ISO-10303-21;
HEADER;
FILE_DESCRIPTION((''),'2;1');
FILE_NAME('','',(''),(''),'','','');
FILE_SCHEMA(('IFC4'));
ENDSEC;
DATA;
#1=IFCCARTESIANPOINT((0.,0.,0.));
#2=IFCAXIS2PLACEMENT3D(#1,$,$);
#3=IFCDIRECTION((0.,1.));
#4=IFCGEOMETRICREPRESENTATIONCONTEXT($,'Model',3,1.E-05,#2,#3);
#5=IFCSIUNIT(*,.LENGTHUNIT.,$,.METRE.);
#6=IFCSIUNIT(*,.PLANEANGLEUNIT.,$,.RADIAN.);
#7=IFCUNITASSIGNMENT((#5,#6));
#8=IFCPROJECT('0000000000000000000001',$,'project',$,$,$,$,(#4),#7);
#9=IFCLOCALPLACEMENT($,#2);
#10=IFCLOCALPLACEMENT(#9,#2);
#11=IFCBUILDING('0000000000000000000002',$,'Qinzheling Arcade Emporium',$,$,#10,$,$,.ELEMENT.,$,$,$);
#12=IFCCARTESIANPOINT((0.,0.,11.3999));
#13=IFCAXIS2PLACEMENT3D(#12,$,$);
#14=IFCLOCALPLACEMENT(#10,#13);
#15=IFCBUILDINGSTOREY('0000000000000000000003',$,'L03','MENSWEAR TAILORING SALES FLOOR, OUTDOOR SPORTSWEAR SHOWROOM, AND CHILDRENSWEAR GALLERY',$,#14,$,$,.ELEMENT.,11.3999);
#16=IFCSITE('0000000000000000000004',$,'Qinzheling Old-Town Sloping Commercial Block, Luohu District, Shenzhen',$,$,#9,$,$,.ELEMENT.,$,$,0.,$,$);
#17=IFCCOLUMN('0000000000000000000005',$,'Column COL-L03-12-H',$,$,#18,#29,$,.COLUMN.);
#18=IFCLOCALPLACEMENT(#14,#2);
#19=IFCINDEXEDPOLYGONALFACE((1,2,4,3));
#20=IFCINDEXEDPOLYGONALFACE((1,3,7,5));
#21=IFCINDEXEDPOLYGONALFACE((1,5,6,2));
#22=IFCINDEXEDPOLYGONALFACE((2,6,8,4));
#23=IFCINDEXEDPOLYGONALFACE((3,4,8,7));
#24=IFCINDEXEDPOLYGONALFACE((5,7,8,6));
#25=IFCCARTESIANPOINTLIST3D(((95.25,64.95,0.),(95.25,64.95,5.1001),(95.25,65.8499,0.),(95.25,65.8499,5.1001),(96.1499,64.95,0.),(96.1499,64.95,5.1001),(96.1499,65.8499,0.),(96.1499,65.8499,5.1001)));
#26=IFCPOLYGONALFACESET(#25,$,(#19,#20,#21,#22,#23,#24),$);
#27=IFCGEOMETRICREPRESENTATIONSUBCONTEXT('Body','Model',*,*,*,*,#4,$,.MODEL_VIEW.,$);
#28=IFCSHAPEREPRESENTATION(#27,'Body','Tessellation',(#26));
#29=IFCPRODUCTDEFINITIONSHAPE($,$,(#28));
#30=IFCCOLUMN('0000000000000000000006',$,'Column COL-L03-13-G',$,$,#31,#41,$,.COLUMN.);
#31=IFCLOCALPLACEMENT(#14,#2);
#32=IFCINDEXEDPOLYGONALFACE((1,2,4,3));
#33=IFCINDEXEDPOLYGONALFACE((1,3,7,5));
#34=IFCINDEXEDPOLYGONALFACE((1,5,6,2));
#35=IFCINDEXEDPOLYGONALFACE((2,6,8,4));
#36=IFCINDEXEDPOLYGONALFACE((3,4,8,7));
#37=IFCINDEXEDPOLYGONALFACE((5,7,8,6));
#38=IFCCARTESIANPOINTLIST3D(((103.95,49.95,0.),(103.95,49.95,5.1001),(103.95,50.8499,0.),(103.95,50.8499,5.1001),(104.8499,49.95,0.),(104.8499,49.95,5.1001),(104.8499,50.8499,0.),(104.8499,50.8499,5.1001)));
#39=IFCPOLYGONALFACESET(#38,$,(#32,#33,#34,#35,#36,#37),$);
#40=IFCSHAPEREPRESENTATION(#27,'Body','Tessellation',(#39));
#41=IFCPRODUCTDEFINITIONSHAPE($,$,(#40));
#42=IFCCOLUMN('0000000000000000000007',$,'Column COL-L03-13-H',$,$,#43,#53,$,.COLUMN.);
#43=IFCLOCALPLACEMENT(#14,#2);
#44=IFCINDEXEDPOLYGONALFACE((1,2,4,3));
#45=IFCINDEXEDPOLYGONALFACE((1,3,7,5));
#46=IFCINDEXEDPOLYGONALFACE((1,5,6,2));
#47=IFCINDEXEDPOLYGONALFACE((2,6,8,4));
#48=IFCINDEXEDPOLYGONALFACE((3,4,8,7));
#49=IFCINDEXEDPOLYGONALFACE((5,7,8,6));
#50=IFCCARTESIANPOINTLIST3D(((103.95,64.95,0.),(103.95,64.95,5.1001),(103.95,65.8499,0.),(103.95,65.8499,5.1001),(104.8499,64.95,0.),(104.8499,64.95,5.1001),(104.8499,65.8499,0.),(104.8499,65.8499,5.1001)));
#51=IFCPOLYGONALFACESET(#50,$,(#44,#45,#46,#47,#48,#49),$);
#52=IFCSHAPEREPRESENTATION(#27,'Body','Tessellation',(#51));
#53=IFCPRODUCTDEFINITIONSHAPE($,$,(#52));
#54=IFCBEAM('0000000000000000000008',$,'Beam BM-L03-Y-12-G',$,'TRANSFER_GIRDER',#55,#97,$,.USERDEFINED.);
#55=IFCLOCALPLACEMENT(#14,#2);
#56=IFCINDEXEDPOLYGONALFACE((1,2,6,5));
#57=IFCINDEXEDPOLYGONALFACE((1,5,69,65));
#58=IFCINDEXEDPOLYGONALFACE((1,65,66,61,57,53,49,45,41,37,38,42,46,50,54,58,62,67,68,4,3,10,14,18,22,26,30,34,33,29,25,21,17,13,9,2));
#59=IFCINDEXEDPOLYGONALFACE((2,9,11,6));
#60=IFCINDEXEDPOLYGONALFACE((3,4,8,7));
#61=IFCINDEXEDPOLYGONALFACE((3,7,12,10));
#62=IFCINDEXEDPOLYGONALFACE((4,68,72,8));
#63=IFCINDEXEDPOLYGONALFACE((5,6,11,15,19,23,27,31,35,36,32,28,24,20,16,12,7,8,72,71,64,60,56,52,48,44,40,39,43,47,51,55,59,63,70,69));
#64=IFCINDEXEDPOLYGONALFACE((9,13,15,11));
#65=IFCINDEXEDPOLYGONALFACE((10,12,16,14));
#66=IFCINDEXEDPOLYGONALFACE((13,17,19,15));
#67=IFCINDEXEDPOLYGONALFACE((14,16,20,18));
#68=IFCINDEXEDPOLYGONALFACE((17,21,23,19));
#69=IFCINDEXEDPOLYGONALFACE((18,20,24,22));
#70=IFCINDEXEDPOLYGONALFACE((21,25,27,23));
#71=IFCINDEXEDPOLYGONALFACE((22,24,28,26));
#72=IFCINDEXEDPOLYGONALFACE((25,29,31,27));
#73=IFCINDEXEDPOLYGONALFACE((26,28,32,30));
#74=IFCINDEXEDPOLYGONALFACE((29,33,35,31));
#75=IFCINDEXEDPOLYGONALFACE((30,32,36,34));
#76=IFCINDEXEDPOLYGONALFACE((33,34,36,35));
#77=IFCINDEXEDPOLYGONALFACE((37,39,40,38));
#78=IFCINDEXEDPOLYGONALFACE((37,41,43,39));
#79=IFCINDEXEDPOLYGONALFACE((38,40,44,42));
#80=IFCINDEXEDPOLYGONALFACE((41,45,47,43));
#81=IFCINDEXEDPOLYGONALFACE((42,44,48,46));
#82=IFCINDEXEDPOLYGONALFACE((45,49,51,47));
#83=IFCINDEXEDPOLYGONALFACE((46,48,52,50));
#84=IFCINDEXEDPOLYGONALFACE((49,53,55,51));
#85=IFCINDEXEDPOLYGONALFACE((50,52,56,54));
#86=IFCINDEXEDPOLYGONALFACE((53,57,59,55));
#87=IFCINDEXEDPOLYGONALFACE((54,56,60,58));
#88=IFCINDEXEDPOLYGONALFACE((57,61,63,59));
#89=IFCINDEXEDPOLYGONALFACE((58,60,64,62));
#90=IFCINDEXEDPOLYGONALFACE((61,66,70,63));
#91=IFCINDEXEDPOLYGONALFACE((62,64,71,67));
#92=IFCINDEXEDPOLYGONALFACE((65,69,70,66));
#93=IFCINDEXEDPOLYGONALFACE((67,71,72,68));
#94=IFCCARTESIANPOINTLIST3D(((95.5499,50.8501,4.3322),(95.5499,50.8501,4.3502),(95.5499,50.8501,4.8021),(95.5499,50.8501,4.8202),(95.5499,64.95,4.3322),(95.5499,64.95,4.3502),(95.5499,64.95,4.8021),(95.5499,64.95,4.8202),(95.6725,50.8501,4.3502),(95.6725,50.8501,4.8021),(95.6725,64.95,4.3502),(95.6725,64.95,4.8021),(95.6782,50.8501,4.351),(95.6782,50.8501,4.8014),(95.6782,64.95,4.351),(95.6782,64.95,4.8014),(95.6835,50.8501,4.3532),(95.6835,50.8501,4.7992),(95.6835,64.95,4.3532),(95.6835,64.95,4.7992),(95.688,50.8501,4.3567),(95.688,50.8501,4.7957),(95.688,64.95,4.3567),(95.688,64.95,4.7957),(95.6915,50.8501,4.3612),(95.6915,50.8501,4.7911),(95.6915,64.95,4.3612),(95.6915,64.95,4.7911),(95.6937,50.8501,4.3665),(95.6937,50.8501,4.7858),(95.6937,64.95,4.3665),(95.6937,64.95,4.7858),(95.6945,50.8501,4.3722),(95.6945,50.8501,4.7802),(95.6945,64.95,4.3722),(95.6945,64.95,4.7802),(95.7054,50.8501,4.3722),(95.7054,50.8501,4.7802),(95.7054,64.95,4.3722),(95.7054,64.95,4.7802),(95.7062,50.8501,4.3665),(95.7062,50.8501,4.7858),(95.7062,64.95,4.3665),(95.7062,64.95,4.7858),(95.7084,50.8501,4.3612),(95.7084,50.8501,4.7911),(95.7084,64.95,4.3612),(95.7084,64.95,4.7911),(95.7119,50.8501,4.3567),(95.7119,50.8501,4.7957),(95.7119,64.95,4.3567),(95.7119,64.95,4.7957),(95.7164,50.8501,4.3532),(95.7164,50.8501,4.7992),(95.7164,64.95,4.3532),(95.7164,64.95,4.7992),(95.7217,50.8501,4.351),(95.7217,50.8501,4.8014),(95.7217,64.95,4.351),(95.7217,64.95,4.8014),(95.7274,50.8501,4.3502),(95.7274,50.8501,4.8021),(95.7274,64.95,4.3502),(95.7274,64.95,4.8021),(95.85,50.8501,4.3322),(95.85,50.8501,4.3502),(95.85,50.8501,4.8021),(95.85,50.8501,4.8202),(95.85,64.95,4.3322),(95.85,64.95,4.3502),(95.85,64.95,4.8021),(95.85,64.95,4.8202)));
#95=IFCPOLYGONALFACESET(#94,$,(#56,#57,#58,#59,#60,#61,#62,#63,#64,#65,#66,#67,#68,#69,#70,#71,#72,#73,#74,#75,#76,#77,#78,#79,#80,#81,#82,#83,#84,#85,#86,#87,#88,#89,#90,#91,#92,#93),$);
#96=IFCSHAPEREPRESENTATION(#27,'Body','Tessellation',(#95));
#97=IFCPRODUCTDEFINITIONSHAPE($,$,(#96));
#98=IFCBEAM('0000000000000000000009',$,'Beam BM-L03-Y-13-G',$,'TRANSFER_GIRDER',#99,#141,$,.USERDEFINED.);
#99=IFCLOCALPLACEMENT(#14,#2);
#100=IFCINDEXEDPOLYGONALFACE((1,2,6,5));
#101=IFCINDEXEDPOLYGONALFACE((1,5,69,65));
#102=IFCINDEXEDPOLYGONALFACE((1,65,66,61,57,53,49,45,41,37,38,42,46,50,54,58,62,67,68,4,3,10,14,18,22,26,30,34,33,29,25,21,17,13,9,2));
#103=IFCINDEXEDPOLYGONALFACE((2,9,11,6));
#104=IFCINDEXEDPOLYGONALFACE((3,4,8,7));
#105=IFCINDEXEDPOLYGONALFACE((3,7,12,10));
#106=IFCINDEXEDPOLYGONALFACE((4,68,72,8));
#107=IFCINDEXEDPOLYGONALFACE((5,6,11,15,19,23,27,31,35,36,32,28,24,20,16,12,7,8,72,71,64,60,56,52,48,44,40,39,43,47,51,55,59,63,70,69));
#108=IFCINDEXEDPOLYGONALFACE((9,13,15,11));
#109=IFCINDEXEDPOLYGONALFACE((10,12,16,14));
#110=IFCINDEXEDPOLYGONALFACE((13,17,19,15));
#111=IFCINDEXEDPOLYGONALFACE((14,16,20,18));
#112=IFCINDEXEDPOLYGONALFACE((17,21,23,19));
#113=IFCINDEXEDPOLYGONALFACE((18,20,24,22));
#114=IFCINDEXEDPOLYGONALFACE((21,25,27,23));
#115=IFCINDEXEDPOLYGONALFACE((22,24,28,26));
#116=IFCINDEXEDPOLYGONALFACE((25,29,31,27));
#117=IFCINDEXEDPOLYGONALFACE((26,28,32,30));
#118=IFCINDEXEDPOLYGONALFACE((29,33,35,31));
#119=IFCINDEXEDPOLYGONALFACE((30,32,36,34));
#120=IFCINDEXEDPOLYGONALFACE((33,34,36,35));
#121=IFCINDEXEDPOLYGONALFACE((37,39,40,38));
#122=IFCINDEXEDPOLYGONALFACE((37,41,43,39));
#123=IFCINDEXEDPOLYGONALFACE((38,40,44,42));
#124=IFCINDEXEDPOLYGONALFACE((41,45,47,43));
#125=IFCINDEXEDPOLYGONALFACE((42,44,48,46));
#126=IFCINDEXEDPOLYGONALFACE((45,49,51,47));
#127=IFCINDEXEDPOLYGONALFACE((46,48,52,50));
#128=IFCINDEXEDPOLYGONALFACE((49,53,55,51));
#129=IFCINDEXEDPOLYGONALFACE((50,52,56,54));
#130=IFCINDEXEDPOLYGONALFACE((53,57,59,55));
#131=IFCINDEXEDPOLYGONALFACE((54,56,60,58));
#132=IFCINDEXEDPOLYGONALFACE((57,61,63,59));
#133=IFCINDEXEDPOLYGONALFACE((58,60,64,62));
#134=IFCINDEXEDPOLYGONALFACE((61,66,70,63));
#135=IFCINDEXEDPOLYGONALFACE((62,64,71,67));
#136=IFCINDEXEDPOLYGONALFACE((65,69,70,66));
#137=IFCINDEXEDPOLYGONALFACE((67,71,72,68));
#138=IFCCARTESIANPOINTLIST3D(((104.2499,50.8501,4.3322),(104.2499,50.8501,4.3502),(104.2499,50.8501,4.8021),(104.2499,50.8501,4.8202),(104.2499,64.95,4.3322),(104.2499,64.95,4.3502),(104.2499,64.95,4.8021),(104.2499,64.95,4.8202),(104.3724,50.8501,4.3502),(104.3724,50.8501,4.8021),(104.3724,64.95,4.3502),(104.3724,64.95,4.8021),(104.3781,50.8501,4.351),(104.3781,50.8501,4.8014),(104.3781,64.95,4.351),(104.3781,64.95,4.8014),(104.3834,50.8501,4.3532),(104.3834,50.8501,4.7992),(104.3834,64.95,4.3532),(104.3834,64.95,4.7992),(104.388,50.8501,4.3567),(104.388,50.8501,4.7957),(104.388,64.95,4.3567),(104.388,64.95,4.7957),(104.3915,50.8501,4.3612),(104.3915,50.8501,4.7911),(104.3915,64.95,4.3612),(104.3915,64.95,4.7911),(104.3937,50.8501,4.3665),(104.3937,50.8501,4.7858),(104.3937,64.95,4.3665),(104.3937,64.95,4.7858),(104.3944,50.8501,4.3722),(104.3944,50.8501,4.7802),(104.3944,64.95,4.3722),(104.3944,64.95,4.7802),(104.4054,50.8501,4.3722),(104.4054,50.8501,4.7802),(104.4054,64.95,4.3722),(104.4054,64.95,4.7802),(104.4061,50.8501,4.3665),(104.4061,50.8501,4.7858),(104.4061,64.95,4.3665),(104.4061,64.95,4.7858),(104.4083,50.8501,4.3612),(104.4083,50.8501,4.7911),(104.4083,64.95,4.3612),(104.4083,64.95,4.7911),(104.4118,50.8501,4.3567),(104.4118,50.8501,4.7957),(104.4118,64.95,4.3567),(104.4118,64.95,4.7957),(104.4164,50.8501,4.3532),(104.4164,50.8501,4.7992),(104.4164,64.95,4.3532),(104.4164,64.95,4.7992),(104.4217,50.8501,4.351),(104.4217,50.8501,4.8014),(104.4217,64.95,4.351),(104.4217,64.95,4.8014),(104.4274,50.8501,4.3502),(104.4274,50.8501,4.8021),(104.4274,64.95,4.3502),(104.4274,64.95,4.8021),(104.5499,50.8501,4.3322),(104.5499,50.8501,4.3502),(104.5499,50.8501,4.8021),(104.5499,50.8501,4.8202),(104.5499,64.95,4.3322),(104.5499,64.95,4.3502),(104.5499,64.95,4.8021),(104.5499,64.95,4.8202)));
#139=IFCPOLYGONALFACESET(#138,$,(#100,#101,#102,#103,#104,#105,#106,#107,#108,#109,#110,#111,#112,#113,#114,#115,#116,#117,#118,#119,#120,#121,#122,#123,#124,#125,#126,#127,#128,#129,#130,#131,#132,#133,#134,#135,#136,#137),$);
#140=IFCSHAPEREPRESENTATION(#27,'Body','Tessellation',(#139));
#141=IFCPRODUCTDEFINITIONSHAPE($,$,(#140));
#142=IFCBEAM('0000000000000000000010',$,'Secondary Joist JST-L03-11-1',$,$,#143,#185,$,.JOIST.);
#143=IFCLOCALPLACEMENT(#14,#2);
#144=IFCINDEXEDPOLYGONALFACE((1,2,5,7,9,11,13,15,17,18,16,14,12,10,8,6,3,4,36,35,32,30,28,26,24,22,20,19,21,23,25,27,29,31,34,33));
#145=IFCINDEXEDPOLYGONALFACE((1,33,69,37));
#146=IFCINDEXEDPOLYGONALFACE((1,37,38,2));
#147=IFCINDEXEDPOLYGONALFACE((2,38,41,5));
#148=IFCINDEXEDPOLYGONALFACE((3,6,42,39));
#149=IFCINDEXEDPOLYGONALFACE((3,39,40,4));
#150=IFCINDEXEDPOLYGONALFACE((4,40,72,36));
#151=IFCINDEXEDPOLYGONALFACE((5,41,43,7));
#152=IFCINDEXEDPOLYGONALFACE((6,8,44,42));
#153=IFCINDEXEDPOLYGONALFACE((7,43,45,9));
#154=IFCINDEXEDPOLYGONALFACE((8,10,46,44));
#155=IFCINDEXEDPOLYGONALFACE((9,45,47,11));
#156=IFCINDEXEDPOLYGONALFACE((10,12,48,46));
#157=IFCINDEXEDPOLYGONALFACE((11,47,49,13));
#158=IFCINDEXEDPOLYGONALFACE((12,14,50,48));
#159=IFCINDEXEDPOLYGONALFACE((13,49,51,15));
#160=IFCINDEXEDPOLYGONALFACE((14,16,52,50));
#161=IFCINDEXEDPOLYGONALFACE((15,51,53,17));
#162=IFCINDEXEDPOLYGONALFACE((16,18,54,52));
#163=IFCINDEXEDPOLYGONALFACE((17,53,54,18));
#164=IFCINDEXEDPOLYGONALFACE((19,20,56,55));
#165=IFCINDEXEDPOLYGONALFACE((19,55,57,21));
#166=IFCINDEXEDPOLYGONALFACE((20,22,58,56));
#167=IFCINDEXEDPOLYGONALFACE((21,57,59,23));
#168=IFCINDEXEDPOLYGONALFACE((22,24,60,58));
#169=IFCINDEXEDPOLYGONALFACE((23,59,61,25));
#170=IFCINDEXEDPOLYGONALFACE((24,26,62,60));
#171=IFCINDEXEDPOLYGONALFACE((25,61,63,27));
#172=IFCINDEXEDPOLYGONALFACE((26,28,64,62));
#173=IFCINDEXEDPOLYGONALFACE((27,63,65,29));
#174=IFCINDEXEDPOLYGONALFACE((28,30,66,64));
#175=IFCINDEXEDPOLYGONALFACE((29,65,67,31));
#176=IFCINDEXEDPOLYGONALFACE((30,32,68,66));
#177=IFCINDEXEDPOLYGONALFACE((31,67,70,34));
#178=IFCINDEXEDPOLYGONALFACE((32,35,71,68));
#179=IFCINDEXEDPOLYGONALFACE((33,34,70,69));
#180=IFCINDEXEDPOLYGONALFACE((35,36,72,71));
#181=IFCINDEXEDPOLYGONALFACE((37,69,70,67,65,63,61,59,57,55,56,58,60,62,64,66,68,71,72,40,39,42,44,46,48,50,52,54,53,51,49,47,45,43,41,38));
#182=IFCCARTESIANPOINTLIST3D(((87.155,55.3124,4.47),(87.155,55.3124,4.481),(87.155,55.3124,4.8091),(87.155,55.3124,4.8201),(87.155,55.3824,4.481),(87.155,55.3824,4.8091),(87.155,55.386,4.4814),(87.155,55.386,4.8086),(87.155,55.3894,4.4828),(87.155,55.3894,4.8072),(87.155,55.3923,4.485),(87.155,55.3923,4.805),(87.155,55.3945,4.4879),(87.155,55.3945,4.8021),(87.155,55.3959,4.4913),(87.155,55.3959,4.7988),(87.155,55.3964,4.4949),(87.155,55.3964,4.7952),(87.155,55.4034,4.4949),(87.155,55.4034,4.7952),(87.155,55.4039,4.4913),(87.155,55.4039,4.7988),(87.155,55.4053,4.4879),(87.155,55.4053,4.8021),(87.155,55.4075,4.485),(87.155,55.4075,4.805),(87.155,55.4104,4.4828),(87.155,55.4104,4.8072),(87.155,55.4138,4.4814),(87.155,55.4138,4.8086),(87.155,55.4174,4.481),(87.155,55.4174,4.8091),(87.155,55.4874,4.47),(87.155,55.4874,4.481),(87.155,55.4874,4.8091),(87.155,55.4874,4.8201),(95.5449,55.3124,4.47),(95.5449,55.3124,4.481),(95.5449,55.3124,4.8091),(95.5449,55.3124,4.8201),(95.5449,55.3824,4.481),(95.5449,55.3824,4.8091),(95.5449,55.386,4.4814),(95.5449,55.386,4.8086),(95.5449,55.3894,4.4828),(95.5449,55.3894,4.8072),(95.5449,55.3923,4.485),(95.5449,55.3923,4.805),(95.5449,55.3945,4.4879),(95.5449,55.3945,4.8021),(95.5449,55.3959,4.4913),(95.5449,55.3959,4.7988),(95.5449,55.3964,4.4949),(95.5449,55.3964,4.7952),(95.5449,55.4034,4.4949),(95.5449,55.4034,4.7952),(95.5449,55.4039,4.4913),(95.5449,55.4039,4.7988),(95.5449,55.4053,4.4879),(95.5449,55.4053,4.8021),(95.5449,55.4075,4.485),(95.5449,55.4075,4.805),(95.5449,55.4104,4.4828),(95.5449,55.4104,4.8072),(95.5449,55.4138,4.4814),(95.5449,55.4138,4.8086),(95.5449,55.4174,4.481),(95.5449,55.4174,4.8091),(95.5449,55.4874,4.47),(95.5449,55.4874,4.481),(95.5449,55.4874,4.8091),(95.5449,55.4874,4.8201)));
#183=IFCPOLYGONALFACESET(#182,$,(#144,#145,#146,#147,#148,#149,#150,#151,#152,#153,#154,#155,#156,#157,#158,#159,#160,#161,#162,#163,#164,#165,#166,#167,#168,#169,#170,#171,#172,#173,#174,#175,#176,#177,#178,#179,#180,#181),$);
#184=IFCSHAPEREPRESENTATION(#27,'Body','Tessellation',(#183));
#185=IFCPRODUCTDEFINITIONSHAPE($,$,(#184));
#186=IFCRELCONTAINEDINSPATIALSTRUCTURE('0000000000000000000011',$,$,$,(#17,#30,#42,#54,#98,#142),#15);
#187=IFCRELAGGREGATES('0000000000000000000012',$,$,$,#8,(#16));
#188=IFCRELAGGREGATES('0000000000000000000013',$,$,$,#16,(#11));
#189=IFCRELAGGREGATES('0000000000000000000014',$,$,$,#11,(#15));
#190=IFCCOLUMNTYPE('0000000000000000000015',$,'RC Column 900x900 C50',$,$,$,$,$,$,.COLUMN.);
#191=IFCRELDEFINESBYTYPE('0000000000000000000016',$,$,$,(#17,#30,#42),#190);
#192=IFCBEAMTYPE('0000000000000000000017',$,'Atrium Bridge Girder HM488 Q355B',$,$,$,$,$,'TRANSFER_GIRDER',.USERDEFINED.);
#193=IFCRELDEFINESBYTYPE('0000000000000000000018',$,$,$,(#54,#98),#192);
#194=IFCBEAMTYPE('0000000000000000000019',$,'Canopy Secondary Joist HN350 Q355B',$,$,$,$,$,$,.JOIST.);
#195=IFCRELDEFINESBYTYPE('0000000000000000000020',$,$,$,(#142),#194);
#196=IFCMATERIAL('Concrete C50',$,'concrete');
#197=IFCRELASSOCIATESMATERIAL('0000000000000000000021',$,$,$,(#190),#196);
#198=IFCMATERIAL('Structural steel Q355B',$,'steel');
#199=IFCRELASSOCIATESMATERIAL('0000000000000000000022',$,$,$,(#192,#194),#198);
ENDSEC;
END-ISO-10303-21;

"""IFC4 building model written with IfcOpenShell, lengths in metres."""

from ifc_helpers import new_model, si_unit, direction, frame, origin, origin_2d, place, context, subcontext, project, spatial, rectangle, i_section, extrude, material, material_profile, profile_set, type_object, element, save


model = new_model("IFC4")

# Units and contexts
model_context = context("Model", 3, precision=1e-05, world=origin(), true_north=direction((0.0, 1.0)))
body_context = subcontext(model_context, "Body", "Model", "MODEL_VIEW")
ifc_project = project(units=[si_unit("LENGTHUNIT", "METRE"), si_unit("PLANEANGLEUNIT", "RADIAN")], contexts=[model_context])

# Site, building, storey
site_placement = place(None, origin())
site = spatial("IfcSite", under=ifc_project, at=site_placement, Name="Qinzheling Old-Town Sloping Commercial Block, Luohu District, Shenzhen", CompositionType="ELEMENT", RefElevation=0.0)
building_placement = place(site_placement, origin())
building = spatial("IfcBuilding", under=site, at=building_placement, Name="Qinzheling Arcade Emporium", CompositionType="ELEMENT")
storey_placement = place(building_placement, frame((0.0, 0.0, 11.3999)))
storey = spatial("IfcBuildingStorey", under=building, at=storey_placement, Name="L03", Description="MENSWEAR TAILORING SALES FLOOR, OUTDOOR SPORTSWEAR SHOWROOM, AND CHILDRENSWEAR GALLERY", CompositionType="ELEMENT", Elevation=11.3999)

# Columns
ifc_material_1 = material(Name="Concrete C50", Category="concrete")
ifc_material_profile_1 = material_profile(ifc_material_1, rectangle(XDim=0.8999, YDim=0.8999, at=origin_2d()), Name="RC 900x900", Category="concrete")
ifc_profile_set_1 = profile_set([ifc_material_profile_1], Name="Concrete C50")
column_type = type_object("IfcColumnType", Name="RC Column 900x900 C50", PredefinedType="COLUMN", material=ifc_profile_set_1)
for number, where, z_axis, x_axis, name in (
    (1, (95.7, 65.3999, 0.0), (0.0, 0.0, 1.0), (1.0, 0.0, 0.0), "Column COL-L03-12-H"),
    (2, (104.3999, 50.3999, 0.0), (0.0, 0.0, 1.0), (1.0, 0.0, 0.0), "Column COL-L03-13-G"),
    (3, (104.3999, 65.3999, 0.0), (0.0, 0.0, 1.0), (1.0, 0.0, 0.0), "Column COL-L03-13-H"),
):
    element("IfcColumn", number, at=place(storey_placement, frame(where, z_axis=z_axis, x_axis=x_axis)), inside=storey, type_object=column_type, Name=name, PredefinedType="COLUMN", context=body_context, shape_type="SweptSolid", body=[
        extrude(rectangle(XDim=0.8999, YDim=0.8999, at=origin_2d()), origin(), (0.0, 0.0, 1.0), 5.1001),
    ])

# Beams
ifc_material_2 = material(Name="Structural steel Q355B", Category="steel")
ifc_material_profile_2 = material_profile(ifc_material_2, i_section(OverallWidth=0.3, OverallDepth=0.488, WebThickness=0.011, FlangeThickness=0.0181, FilletRadius=0.022, at=origin_2d()), Name="HM 488x300x11x18", Category="steel")
ifc_profile_set_2 = profile_set([ifc_material_profile_2], Name="Structural steel Q355B")
beam_type_1 = type_object("IfcBeamType", Name="Atrium Bridge Girder HM488 Q355B", ElementType="TRANSFER_GIRDER", PredefinedType="USERDEFINED", material=ifc_profile_set_2)
for number, where, z_axis, x_axis, name in (
    (4, (95.7, 50.8501, 4.5762), (0.0, 1.0, 0.0), (-1.0, 0.0, 0.0), "Beam BM-L03-Y-12-G"),
    (5, (104.3999, 50.8501, 4.5762), (0.0, 1.0, 0.0), (-1.0, 0.0, 0.0), "Beam BM-L03-Y-13-G"),
):
    element("IfcBeam", number, at=place(storey_placement, frame(where, z_axis=z_axis, x_axis=x_axis)), inside=storey, type_object=beam_type_1, Name=name, ObjectType="TRANSFER_GIRDER", PredefinedType="USERDEFINED", context=body_context, shape_type="SweptSolid", body=[
        extrude(i_section(OverallWidth=0.3, OverallDepth=0.488, WebThickness=0.011, FlangeThickness=0.0181, FilletRadius=0.022, at=origin_2d()), origin(), (0.0, 0.0, 1.0), 14.0999),
    ])
ifc_material_profile_3 = material_profile(ifc_material_2, i_section(OverallWidth=0.175, OverallDepth=0.3501, WebThickness=0.0071, FlangeThickness=0.011, FilletRadius=0.0139, at=origin_2d()), Name="HN 350x175x7x11", Category="steel")
ifc_profile_set_3 = profile_set([ifc_material_profile_3], Name="Structural steel Q355B")
beam_type_2 = type_object("IfcBeamType", Name="Canopy Secondary Joist HN350 Q355B", PredefinedType="JOIST", material=ifc_profile_set_3)
beam_1_placement = place(storey_placement, frame((87.155, 55.3999, 4.645), z_axis=(1.0, 0.0, 0.0), x_axis=(0.0, 1.0, 0.0)))
element("IfcBeam", 6, at=beam_1_placement, inside=storey, type_object=beam_type_2, Name="Secondary Joist JST-L03-11-1", PredefinedType="JOIST", context=body_context, shape_type="SweptSolid", body=[
    extrude(i_section(OverallWidth=0.175, OverallDepth=0.3501, WebThickness=0.0071, FlangeThickness=0.011, FilletRadius=0.0139, at=origin_2d()), origin(), (0.0, 0.0, 1.0), 8.3899),
])

save(model, "model.ifc")
